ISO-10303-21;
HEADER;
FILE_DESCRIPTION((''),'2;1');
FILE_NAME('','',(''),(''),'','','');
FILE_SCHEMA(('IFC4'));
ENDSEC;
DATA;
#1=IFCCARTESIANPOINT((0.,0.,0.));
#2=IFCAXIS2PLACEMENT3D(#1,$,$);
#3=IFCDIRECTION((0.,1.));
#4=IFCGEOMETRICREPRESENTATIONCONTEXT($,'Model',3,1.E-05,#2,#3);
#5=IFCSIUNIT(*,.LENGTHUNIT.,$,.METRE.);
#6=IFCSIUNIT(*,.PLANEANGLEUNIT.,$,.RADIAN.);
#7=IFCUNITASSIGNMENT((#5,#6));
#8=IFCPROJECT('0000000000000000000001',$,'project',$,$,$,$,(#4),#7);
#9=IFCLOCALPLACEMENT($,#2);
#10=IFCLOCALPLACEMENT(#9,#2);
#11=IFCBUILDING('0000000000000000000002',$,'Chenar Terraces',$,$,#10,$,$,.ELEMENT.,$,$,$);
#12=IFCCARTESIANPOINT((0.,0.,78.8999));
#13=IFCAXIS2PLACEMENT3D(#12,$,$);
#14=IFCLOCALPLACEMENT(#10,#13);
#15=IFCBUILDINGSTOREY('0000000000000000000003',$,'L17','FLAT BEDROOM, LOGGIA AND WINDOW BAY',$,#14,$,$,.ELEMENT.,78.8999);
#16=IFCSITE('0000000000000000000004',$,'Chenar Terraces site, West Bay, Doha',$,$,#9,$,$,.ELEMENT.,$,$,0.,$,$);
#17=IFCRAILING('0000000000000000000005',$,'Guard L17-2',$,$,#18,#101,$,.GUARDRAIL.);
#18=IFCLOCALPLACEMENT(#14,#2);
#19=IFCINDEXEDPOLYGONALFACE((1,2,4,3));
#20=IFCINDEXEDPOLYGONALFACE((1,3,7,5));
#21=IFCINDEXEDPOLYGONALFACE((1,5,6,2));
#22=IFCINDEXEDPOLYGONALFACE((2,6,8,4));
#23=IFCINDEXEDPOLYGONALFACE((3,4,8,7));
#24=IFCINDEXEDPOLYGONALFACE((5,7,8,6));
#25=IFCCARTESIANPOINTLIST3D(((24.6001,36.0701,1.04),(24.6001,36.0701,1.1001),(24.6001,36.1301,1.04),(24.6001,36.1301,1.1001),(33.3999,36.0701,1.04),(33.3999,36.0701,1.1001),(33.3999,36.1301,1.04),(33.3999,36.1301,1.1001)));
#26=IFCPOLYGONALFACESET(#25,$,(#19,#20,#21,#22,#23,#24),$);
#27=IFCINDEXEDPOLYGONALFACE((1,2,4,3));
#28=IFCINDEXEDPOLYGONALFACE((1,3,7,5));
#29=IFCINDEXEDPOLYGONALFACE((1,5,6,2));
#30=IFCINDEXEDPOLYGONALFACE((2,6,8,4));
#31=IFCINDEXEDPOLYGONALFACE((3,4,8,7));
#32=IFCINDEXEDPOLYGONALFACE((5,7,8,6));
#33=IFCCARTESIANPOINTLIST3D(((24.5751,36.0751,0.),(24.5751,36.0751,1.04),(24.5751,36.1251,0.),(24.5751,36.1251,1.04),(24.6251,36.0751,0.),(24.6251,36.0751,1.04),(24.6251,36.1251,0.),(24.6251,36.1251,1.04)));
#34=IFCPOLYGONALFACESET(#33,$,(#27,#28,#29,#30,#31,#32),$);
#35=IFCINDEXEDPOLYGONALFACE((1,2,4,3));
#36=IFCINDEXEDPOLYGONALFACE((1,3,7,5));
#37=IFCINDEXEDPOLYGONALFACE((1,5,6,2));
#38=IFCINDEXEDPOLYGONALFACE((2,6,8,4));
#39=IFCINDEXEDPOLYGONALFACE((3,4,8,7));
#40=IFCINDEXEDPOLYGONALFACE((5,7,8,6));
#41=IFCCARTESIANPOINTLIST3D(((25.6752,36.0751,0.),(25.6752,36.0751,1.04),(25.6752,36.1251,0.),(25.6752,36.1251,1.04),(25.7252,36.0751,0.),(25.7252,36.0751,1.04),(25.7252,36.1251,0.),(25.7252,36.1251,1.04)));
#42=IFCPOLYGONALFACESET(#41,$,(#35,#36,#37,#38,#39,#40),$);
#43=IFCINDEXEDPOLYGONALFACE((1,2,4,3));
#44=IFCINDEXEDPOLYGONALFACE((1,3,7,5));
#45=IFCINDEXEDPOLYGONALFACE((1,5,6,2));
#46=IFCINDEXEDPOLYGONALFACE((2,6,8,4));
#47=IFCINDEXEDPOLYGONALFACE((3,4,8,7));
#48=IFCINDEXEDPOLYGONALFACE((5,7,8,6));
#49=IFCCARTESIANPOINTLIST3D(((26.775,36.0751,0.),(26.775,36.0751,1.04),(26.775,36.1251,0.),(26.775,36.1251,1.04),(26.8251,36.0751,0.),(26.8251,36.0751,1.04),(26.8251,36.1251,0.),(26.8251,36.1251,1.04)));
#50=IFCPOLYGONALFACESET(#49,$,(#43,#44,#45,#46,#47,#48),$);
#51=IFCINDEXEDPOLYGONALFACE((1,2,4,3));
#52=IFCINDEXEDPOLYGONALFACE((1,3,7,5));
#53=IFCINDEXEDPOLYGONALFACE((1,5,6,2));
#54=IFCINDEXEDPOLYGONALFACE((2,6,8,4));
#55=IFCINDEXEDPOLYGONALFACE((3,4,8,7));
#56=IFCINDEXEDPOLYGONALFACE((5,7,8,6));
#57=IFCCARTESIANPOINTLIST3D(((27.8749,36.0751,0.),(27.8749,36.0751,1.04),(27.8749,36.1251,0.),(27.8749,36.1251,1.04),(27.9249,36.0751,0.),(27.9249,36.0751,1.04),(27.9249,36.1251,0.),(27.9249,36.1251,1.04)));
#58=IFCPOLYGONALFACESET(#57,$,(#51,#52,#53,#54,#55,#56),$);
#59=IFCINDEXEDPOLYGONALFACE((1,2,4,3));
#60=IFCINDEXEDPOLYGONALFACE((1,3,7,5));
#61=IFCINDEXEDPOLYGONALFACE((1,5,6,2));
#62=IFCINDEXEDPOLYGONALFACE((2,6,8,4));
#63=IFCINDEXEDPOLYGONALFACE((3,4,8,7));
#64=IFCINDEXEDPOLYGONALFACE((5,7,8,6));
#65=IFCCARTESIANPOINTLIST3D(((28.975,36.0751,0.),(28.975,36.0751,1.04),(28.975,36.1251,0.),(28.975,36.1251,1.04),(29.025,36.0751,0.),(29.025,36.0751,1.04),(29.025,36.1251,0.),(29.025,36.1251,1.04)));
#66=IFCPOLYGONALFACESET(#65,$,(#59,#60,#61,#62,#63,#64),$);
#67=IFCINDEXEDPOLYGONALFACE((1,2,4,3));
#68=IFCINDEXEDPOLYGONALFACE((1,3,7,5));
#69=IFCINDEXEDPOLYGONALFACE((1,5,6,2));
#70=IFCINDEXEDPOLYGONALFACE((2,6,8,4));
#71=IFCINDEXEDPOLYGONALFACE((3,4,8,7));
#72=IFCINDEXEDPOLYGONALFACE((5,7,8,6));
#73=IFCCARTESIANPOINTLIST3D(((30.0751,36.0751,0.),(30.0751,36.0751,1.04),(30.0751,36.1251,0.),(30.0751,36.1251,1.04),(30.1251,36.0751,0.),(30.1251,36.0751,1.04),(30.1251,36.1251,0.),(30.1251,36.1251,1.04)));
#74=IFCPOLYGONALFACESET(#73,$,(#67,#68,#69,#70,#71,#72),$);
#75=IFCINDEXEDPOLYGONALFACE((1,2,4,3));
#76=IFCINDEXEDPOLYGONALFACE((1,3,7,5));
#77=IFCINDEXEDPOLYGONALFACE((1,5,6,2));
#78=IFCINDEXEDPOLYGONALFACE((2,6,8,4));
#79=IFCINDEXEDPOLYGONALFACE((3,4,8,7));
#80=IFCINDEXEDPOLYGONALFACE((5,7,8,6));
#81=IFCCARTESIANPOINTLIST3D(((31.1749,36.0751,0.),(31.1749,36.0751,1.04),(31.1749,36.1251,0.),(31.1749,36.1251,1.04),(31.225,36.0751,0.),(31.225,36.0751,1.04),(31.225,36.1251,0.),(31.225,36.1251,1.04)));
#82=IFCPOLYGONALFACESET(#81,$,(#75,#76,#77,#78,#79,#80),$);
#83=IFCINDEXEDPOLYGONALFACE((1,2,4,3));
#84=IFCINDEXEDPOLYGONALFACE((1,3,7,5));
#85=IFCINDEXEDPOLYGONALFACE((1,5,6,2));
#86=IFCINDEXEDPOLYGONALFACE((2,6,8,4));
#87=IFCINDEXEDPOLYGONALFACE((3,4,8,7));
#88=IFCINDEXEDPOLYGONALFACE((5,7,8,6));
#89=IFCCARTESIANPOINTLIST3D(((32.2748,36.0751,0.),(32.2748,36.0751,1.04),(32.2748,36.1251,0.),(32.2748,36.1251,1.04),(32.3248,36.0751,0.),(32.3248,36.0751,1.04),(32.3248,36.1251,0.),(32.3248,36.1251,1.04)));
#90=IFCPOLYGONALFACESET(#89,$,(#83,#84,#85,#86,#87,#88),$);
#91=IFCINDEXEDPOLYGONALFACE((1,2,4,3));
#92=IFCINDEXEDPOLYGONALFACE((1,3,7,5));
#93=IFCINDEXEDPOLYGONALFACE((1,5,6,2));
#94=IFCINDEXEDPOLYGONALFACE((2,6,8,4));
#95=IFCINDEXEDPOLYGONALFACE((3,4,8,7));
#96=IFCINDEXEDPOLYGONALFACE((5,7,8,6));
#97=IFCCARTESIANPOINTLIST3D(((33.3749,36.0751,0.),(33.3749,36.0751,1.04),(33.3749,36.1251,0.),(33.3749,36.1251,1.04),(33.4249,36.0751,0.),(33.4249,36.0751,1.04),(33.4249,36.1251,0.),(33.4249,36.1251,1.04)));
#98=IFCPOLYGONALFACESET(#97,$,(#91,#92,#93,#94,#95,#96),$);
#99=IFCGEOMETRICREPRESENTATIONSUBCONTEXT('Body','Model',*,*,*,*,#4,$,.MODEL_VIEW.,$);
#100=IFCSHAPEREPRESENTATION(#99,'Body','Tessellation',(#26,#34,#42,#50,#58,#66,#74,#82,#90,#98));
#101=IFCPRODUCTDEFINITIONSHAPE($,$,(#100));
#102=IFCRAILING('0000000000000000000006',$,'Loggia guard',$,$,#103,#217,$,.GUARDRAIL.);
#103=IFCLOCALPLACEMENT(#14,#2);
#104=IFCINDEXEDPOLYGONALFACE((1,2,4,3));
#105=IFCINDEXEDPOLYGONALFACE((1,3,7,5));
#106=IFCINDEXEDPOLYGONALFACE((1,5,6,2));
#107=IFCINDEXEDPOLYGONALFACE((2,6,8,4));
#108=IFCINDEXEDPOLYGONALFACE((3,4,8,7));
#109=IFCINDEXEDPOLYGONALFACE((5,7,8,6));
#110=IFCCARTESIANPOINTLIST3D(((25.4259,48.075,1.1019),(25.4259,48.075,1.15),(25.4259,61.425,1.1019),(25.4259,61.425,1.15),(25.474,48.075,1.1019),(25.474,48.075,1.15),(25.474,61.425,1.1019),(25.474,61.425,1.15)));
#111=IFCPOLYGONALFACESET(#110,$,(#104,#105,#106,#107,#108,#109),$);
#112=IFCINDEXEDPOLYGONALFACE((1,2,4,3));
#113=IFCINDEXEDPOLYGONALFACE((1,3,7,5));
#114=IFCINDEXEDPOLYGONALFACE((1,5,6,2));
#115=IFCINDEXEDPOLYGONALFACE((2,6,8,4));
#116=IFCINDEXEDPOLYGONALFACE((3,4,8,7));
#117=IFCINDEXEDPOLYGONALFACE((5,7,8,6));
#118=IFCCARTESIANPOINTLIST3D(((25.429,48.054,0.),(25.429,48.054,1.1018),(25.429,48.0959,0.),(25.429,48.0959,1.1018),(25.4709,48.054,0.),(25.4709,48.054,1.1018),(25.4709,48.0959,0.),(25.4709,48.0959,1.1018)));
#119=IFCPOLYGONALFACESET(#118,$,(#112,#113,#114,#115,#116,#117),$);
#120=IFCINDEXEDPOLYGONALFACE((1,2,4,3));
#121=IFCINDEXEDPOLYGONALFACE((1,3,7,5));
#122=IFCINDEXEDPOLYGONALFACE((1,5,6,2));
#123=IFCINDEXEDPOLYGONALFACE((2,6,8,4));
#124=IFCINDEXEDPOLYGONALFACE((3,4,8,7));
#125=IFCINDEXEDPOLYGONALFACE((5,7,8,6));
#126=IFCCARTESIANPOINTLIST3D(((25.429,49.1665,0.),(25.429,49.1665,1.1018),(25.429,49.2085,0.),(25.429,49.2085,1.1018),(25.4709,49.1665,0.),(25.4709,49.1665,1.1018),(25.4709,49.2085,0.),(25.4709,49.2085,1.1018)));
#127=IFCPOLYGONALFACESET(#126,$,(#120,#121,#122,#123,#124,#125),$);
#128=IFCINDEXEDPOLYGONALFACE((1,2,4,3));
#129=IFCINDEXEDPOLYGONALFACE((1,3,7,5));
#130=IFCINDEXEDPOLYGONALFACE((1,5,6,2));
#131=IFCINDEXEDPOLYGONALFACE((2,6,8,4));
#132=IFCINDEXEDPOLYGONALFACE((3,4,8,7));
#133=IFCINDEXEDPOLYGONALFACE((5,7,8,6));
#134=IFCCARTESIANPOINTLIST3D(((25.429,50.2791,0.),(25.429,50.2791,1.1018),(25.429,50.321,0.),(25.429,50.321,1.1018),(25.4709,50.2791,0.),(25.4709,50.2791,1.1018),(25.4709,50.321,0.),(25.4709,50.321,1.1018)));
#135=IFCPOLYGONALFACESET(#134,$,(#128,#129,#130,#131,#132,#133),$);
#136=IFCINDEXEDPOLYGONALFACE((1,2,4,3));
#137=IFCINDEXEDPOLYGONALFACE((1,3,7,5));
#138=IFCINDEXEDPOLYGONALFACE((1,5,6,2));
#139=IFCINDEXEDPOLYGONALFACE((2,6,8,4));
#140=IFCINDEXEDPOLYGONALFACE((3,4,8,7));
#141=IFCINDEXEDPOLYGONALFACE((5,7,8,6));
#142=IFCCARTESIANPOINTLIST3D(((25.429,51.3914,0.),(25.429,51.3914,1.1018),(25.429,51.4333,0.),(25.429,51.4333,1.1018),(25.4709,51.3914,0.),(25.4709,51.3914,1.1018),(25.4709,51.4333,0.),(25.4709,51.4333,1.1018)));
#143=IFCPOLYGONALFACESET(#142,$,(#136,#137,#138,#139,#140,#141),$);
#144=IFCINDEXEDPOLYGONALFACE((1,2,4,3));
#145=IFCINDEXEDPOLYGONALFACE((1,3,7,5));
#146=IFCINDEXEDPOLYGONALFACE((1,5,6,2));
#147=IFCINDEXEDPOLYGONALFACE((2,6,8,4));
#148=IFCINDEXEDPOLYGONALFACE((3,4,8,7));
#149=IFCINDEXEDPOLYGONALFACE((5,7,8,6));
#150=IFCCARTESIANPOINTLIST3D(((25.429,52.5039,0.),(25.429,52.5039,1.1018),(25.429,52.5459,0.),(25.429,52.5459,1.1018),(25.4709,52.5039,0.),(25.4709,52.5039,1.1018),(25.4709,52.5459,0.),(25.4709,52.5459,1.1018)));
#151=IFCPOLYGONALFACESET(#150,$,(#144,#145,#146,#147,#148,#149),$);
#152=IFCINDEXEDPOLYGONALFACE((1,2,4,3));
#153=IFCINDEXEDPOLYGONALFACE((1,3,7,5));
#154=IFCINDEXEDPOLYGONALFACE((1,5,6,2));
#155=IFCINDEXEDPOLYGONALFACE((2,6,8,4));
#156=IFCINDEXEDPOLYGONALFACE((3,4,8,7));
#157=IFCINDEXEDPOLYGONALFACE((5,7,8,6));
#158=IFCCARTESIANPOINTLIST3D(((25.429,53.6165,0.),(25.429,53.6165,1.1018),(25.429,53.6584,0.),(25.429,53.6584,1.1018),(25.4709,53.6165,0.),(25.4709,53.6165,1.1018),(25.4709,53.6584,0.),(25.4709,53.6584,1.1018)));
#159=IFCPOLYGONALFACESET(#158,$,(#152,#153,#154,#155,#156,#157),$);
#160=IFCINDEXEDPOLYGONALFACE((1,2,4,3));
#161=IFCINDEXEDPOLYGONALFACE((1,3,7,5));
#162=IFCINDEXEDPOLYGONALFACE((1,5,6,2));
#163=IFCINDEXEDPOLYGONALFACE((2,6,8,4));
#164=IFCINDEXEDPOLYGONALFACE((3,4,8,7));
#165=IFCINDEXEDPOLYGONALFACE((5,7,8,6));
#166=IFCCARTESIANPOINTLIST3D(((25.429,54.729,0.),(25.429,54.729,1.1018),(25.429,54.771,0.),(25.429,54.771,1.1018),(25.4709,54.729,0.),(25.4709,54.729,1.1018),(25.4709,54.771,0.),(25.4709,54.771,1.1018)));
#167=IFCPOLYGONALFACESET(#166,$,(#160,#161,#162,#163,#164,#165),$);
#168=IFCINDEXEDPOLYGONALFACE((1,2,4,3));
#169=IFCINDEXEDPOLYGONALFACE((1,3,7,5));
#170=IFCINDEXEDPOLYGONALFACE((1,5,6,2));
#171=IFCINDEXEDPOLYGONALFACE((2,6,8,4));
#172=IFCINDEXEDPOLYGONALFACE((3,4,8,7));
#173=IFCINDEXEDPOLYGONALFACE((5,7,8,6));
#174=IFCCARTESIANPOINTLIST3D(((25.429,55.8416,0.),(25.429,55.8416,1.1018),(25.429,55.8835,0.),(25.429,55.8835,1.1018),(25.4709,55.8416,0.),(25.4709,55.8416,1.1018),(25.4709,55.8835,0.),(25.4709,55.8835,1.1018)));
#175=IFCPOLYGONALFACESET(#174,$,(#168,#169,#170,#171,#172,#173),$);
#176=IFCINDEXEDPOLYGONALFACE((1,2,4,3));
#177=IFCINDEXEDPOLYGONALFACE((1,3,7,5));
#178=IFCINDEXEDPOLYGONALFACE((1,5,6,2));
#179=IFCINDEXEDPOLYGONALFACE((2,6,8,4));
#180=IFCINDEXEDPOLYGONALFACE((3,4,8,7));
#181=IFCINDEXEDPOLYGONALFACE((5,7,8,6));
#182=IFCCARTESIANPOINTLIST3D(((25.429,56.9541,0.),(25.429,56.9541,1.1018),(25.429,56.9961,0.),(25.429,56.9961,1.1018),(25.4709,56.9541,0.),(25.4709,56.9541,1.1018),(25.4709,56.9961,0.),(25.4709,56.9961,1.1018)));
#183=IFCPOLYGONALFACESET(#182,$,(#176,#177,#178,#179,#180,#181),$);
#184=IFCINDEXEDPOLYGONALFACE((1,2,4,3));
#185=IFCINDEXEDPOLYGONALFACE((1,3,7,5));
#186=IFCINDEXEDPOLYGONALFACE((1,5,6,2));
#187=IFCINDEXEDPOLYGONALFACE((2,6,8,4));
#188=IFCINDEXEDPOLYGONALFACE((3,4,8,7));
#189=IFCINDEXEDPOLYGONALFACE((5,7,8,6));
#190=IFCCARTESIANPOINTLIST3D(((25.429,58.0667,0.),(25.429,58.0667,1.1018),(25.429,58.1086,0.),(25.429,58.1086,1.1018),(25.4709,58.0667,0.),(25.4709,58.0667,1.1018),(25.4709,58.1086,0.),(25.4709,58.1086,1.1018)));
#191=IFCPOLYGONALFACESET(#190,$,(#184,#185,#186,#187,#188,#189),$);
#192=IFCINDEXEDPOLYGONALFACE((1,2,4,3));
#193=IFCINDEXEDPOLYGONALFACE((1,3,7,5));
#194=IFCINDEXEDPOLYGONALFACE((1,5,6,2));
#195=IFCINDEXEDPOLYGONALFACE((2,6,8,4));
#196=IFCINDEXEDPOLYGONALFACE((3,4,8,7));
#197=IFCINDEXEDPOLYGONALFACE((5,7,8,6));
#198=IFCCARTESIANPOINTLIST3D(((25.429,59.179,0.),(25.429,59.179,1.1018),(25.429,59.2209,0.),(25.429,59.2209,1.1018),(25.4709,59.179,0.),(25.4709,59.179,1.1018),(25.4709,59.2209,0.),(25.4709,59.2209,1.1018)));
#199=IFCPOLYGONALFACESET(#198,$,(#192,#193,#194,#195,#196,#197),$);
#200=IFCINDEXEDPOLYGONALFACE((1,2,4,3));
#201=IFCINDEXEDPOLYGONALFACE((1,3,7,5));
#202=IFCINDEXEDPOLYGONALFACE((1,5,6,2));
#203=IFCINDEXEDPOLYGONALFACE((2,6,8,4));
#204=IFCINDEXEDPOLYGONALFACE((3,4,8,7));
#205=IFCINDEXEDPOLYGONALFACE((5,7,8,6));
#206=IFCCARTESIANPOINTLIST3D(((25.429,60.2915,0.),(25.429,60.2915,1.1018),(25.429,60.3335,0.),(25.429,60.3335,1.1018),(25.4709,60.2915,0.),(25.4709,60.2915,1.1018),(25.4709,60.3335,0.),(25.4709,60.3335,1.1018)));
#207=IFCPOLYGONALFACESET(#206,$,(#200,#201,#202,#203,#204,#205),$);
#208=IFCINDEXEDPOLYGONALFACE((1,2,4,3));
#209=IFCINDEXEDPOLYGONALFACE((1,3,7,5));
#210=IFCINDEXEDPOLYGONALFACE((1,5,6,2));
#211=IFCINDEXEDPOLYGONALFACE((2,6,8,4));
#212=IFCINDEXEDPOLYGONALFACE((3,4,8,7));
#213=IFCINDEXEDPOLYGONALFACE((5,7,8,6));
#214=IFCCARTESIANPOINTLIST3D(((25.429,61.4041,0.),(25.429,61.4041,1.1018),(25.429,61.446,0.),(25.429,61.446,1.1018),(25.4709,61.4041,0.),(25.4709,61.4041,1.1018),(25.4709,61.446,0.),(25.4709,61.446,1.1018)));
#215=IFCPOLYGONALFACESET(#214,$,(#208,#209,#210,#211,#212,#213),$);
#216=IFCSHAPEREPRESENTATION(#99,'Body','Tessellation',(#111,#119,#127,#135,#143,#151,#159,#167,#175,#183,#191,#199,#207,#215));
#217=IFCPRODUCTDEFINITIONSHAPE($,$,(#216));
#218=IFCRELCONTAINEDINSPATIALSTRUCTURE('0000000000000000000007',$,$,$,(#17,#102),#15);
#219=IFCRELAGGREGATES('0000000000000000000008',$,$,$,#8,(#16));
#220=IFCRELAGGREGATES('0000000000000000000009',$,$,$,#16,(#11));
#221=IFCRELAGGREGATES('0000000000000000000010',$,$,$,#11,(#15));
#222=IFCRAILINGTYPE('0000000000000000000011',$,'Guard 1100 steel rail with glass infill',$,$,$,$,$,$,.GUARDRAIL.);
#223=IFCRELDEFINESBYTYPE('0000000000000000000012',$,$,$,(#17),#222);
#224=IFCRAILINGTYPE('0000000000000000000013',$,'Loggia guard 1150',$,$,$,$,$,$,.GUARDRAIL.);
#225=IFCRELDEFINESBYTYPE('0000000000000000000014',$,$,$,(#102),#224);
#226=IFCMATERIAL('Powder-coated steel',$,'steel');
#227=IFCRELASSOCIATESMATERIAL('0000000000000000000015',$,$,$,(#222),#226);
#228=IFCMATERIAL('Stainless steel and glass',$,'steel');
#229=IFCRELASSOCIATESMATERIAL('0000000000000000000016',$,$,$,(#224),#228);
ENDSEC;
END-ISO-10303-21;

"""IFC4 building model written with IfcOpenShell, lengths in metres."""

from ifc_helpers import new_model, si_unit, direction, frame, origin, origin_2d, place, context, subcontext, project, spatial, rectangle, extrude, material, type_object, element, save


model = new_model("IFC4")

# Units and contexts
model_context = context("Model", 3, precision=1e-05, world=origin(), true_north=direction((0.0, 1.0)))
body_context = subcontext(model_context, "Body", "Model", "MODEL_VIEW")
ifc_project = project(units=[si_unit("LENGTHUNIT", "METRE"), si_unit("PLANEANGLEUNIT", "RADIAN")], contexts=[model_context])

# Site, building, storey
site_placement = place(None, origin())
site = spatial("IfcSite", under=ifc_project, at=site_placement, Name="Chenar Terraces site, West Bay, Doha", CompositionType="ELEMENT", RefElevation=0.0)
building_placement = place(site_placement, origin())
building = spatial("IfcBuilding", under=site, at=building_placement, Name="Chenar Terraces", CompositionType="ELEMENT")
storey_placement = place(building_placement, frame((0.0, 0.0, 78.8999)))
storey = spatial("IfcBuildingStorey", under=building, at=storey_placement, Name="L17", Description="FLAT BEDROOM, LOGGIA AND WINDOW BAY", CompositionType="ELEMENT", Elevation=78.8999)

# Railings
ifc_material_1 = material(Name="Powder-coated steel", Category="steel")
railing_type_1 = type_object("IfcRailingType", Name="Guard 1100 steel rail with glass infill", PredefinedType="GUARDRAIL", material=ifc_material_1)
railing_1_placement = place(storey_placement, frame((24.6001, 36.1001, 0.0)))
element("IfcRailing", 1, at=railing_1_placement, inside=storey, type_object=railing_type_1, Name="Guard L17-2", PredefinedType="GUARDRAIL", context=body_context, shape_type="SweptSolid", body=[
    extrude(rectangle(XDim=0.0601, YDim=0.0601, at=origin_2d()), frame((0.0, 0.0, 1.0701), z_axis=(1.0, 0.0, 0.0), x_axis=(0.0, 1.0, 0.0)), (0.0, 0.0, 1.0), 8.7998),
    extrude(rectangle(XDim=0.05, YDim=0.05, at=origin_2d()), origin(), (0.0, 0.0, 1.0), 1.04),
    extrude(rectangle(XDim=0.05, YDim=0.05, at=origin_2d()), frame((1.1001, 0.0, 0.0)), (0.0, 0.0, 1.0), 1.04),
    extrude(rectangle(XDim=0.05, YDim=0.05, at=origin_2d()), frame((2.2, 0.0, 0.0)), (0.0, 0.0, 1.0), 1.04),
    extrude(rectangle(XDim=0.05, YDim=0.05, at=origin_2d()), frame((3.2998, 0.0, 0.0)), (0.0, 0.0, 1.0), 1.04),
    extrude(rectangle(XDim=0.05, YDim=0.05, at=origin_2d()), frame((4.3999, 0.0, 0.0)), (0.0, 0.0, 1.0), 1.04),
    extrude(rectangle(XDim=0.05, YDim=0.05, at=origin_2d()), frame((5.5, 0.0, 0.0)), (0.0, 0.0, 1.0), 1.04),
    extrude(rectangle(XDim=0.05, YDim=0.05, at=origin_2d()), frame((6.5999, 0.0, 0.0)), (0.0, 0.0, 1.0), 1.04),
    extrude(rectangle(XDim=0.05, YDim=0.05, at=origin_2d()), frame((7.6997, 0.0, 0.0)), (0.0, 0.0, 1.0), 1.04),
    extrude(rectangle(XDim=0.05, YDim=0.05, at=origin_2d()), frame((8.7998, 0.0, 0.0)), (0.0, 0.0, 1.0), 1.04),
])
ifc_material_2 = material(Name="Stainless steel and glass", Category="steel")
railing_type_2 = type_object("IfcRailingType", Name="Loggia guard 1150", PredefinedType="GUARDRAIL", material=ifc_material_2)
railing_2_placement = place(storey_placement, frame((25.45, 48.075, 0.0)))
element("IfcRailing", 2, at=railing_2_placement, inside=storey, type_object=railing_type_2, Name="Loggia guard", PredefinedType="GUARDRAIL", context=body_context, shape_type="SweptSolid", body=[
    extrude(rectangle(XDim=0.0481, YDim=0.0481, at=origin_2d()), frame((0.0, 0.0, 1.126), z_axis=(0.0, 1.0, 0.0), x_axis=(-1.0, 0.0, 0.0)), (0.0, 0.0, 1.0), 13.3501),
    extrude(rectangle(XDim=0.042, YDim=0.042, at=origin_2d()), origin(), (0.0, 0.0, 1.0), 1.1018),
    extrude(rectangle(XDim=0.042, YDim=0.042, at=origin_2d()), frame((0.0, 1.1125, 0.0)), (0.0, 0.0, 1.0), 1.1018),
    extrude(rectangle(XDim=0.042, YDim=0.042, at=origin_2d()), frame((0.0, 2.2251, 0.0)), (0.0, 0.0, 1.0), 1.1018),
    extrude(rectangle(XDim=0.042, YDim=0.042, at=origin_2d()), frame((0.0, 3.3374, 0.0)), (0.0, 0.0, 1.0), 1.1018),
    extrude(rectangle(XDim=0.042, YDim=0.042, at=origin_2d()), frame((0.0, 4.45, 0.0)), (0.0, 0.0, 1.0), 1.1018),
    extrude(rectangle(XDim=0.042, YDim=0.042, at=origin_2d()), frame((0.0, 5.5625, 0.0)), (0.0, 0.0, 1.0), 1.1018),
    extrude(rectangle(XDim=0.042, YDim=0.042, at=origin_2d()), frame((0.0, 6.675, 0.0)), (0.0, 0.0, 1.0), 1.1018),
    extrude(rectangle(XDim=0.042, YDim=0.042, at=origin_2d()), frame((0.0, 7.7876, 0.0)), (0.0, 0.0, 1.0), 1.1018),
    extrude(rectangle(XDim=0.042, YDim=0.042, at=origin_2d()), frame((0.0, 8.9001, 0.0)), (0.0, 0.0, 1.0), 1.1018),
    extrude(rectangle(XDim=0.042, YDim=0.042, at=origin_2d()), frame((0.0, 10.0127, 0.0)), (0.0, 0.0, 1.0), 1.1018),
    extrude(rectangle(XDim=0.042, YDim=0.042, at=origin_2d()), frame((0.0, 11.125, 0.0)), (0.0, 0.0, 1.0), 1.1018),
    extrude(rectangle(XDim=0.042, YDim=0.042, at=origin_2d()), frame((0.0, 12.2375, 0.0)), (0.0, 0.0, 1.0), 1.1018),
    extrude(rectangle(XDim=0.042, YDim=0.042, at=origin_2d()), frame((0.0, 13.3501, 0.0)), (0.0, 0.0, 1.0), 1.1018),
])

save(model, "model.ifc")
